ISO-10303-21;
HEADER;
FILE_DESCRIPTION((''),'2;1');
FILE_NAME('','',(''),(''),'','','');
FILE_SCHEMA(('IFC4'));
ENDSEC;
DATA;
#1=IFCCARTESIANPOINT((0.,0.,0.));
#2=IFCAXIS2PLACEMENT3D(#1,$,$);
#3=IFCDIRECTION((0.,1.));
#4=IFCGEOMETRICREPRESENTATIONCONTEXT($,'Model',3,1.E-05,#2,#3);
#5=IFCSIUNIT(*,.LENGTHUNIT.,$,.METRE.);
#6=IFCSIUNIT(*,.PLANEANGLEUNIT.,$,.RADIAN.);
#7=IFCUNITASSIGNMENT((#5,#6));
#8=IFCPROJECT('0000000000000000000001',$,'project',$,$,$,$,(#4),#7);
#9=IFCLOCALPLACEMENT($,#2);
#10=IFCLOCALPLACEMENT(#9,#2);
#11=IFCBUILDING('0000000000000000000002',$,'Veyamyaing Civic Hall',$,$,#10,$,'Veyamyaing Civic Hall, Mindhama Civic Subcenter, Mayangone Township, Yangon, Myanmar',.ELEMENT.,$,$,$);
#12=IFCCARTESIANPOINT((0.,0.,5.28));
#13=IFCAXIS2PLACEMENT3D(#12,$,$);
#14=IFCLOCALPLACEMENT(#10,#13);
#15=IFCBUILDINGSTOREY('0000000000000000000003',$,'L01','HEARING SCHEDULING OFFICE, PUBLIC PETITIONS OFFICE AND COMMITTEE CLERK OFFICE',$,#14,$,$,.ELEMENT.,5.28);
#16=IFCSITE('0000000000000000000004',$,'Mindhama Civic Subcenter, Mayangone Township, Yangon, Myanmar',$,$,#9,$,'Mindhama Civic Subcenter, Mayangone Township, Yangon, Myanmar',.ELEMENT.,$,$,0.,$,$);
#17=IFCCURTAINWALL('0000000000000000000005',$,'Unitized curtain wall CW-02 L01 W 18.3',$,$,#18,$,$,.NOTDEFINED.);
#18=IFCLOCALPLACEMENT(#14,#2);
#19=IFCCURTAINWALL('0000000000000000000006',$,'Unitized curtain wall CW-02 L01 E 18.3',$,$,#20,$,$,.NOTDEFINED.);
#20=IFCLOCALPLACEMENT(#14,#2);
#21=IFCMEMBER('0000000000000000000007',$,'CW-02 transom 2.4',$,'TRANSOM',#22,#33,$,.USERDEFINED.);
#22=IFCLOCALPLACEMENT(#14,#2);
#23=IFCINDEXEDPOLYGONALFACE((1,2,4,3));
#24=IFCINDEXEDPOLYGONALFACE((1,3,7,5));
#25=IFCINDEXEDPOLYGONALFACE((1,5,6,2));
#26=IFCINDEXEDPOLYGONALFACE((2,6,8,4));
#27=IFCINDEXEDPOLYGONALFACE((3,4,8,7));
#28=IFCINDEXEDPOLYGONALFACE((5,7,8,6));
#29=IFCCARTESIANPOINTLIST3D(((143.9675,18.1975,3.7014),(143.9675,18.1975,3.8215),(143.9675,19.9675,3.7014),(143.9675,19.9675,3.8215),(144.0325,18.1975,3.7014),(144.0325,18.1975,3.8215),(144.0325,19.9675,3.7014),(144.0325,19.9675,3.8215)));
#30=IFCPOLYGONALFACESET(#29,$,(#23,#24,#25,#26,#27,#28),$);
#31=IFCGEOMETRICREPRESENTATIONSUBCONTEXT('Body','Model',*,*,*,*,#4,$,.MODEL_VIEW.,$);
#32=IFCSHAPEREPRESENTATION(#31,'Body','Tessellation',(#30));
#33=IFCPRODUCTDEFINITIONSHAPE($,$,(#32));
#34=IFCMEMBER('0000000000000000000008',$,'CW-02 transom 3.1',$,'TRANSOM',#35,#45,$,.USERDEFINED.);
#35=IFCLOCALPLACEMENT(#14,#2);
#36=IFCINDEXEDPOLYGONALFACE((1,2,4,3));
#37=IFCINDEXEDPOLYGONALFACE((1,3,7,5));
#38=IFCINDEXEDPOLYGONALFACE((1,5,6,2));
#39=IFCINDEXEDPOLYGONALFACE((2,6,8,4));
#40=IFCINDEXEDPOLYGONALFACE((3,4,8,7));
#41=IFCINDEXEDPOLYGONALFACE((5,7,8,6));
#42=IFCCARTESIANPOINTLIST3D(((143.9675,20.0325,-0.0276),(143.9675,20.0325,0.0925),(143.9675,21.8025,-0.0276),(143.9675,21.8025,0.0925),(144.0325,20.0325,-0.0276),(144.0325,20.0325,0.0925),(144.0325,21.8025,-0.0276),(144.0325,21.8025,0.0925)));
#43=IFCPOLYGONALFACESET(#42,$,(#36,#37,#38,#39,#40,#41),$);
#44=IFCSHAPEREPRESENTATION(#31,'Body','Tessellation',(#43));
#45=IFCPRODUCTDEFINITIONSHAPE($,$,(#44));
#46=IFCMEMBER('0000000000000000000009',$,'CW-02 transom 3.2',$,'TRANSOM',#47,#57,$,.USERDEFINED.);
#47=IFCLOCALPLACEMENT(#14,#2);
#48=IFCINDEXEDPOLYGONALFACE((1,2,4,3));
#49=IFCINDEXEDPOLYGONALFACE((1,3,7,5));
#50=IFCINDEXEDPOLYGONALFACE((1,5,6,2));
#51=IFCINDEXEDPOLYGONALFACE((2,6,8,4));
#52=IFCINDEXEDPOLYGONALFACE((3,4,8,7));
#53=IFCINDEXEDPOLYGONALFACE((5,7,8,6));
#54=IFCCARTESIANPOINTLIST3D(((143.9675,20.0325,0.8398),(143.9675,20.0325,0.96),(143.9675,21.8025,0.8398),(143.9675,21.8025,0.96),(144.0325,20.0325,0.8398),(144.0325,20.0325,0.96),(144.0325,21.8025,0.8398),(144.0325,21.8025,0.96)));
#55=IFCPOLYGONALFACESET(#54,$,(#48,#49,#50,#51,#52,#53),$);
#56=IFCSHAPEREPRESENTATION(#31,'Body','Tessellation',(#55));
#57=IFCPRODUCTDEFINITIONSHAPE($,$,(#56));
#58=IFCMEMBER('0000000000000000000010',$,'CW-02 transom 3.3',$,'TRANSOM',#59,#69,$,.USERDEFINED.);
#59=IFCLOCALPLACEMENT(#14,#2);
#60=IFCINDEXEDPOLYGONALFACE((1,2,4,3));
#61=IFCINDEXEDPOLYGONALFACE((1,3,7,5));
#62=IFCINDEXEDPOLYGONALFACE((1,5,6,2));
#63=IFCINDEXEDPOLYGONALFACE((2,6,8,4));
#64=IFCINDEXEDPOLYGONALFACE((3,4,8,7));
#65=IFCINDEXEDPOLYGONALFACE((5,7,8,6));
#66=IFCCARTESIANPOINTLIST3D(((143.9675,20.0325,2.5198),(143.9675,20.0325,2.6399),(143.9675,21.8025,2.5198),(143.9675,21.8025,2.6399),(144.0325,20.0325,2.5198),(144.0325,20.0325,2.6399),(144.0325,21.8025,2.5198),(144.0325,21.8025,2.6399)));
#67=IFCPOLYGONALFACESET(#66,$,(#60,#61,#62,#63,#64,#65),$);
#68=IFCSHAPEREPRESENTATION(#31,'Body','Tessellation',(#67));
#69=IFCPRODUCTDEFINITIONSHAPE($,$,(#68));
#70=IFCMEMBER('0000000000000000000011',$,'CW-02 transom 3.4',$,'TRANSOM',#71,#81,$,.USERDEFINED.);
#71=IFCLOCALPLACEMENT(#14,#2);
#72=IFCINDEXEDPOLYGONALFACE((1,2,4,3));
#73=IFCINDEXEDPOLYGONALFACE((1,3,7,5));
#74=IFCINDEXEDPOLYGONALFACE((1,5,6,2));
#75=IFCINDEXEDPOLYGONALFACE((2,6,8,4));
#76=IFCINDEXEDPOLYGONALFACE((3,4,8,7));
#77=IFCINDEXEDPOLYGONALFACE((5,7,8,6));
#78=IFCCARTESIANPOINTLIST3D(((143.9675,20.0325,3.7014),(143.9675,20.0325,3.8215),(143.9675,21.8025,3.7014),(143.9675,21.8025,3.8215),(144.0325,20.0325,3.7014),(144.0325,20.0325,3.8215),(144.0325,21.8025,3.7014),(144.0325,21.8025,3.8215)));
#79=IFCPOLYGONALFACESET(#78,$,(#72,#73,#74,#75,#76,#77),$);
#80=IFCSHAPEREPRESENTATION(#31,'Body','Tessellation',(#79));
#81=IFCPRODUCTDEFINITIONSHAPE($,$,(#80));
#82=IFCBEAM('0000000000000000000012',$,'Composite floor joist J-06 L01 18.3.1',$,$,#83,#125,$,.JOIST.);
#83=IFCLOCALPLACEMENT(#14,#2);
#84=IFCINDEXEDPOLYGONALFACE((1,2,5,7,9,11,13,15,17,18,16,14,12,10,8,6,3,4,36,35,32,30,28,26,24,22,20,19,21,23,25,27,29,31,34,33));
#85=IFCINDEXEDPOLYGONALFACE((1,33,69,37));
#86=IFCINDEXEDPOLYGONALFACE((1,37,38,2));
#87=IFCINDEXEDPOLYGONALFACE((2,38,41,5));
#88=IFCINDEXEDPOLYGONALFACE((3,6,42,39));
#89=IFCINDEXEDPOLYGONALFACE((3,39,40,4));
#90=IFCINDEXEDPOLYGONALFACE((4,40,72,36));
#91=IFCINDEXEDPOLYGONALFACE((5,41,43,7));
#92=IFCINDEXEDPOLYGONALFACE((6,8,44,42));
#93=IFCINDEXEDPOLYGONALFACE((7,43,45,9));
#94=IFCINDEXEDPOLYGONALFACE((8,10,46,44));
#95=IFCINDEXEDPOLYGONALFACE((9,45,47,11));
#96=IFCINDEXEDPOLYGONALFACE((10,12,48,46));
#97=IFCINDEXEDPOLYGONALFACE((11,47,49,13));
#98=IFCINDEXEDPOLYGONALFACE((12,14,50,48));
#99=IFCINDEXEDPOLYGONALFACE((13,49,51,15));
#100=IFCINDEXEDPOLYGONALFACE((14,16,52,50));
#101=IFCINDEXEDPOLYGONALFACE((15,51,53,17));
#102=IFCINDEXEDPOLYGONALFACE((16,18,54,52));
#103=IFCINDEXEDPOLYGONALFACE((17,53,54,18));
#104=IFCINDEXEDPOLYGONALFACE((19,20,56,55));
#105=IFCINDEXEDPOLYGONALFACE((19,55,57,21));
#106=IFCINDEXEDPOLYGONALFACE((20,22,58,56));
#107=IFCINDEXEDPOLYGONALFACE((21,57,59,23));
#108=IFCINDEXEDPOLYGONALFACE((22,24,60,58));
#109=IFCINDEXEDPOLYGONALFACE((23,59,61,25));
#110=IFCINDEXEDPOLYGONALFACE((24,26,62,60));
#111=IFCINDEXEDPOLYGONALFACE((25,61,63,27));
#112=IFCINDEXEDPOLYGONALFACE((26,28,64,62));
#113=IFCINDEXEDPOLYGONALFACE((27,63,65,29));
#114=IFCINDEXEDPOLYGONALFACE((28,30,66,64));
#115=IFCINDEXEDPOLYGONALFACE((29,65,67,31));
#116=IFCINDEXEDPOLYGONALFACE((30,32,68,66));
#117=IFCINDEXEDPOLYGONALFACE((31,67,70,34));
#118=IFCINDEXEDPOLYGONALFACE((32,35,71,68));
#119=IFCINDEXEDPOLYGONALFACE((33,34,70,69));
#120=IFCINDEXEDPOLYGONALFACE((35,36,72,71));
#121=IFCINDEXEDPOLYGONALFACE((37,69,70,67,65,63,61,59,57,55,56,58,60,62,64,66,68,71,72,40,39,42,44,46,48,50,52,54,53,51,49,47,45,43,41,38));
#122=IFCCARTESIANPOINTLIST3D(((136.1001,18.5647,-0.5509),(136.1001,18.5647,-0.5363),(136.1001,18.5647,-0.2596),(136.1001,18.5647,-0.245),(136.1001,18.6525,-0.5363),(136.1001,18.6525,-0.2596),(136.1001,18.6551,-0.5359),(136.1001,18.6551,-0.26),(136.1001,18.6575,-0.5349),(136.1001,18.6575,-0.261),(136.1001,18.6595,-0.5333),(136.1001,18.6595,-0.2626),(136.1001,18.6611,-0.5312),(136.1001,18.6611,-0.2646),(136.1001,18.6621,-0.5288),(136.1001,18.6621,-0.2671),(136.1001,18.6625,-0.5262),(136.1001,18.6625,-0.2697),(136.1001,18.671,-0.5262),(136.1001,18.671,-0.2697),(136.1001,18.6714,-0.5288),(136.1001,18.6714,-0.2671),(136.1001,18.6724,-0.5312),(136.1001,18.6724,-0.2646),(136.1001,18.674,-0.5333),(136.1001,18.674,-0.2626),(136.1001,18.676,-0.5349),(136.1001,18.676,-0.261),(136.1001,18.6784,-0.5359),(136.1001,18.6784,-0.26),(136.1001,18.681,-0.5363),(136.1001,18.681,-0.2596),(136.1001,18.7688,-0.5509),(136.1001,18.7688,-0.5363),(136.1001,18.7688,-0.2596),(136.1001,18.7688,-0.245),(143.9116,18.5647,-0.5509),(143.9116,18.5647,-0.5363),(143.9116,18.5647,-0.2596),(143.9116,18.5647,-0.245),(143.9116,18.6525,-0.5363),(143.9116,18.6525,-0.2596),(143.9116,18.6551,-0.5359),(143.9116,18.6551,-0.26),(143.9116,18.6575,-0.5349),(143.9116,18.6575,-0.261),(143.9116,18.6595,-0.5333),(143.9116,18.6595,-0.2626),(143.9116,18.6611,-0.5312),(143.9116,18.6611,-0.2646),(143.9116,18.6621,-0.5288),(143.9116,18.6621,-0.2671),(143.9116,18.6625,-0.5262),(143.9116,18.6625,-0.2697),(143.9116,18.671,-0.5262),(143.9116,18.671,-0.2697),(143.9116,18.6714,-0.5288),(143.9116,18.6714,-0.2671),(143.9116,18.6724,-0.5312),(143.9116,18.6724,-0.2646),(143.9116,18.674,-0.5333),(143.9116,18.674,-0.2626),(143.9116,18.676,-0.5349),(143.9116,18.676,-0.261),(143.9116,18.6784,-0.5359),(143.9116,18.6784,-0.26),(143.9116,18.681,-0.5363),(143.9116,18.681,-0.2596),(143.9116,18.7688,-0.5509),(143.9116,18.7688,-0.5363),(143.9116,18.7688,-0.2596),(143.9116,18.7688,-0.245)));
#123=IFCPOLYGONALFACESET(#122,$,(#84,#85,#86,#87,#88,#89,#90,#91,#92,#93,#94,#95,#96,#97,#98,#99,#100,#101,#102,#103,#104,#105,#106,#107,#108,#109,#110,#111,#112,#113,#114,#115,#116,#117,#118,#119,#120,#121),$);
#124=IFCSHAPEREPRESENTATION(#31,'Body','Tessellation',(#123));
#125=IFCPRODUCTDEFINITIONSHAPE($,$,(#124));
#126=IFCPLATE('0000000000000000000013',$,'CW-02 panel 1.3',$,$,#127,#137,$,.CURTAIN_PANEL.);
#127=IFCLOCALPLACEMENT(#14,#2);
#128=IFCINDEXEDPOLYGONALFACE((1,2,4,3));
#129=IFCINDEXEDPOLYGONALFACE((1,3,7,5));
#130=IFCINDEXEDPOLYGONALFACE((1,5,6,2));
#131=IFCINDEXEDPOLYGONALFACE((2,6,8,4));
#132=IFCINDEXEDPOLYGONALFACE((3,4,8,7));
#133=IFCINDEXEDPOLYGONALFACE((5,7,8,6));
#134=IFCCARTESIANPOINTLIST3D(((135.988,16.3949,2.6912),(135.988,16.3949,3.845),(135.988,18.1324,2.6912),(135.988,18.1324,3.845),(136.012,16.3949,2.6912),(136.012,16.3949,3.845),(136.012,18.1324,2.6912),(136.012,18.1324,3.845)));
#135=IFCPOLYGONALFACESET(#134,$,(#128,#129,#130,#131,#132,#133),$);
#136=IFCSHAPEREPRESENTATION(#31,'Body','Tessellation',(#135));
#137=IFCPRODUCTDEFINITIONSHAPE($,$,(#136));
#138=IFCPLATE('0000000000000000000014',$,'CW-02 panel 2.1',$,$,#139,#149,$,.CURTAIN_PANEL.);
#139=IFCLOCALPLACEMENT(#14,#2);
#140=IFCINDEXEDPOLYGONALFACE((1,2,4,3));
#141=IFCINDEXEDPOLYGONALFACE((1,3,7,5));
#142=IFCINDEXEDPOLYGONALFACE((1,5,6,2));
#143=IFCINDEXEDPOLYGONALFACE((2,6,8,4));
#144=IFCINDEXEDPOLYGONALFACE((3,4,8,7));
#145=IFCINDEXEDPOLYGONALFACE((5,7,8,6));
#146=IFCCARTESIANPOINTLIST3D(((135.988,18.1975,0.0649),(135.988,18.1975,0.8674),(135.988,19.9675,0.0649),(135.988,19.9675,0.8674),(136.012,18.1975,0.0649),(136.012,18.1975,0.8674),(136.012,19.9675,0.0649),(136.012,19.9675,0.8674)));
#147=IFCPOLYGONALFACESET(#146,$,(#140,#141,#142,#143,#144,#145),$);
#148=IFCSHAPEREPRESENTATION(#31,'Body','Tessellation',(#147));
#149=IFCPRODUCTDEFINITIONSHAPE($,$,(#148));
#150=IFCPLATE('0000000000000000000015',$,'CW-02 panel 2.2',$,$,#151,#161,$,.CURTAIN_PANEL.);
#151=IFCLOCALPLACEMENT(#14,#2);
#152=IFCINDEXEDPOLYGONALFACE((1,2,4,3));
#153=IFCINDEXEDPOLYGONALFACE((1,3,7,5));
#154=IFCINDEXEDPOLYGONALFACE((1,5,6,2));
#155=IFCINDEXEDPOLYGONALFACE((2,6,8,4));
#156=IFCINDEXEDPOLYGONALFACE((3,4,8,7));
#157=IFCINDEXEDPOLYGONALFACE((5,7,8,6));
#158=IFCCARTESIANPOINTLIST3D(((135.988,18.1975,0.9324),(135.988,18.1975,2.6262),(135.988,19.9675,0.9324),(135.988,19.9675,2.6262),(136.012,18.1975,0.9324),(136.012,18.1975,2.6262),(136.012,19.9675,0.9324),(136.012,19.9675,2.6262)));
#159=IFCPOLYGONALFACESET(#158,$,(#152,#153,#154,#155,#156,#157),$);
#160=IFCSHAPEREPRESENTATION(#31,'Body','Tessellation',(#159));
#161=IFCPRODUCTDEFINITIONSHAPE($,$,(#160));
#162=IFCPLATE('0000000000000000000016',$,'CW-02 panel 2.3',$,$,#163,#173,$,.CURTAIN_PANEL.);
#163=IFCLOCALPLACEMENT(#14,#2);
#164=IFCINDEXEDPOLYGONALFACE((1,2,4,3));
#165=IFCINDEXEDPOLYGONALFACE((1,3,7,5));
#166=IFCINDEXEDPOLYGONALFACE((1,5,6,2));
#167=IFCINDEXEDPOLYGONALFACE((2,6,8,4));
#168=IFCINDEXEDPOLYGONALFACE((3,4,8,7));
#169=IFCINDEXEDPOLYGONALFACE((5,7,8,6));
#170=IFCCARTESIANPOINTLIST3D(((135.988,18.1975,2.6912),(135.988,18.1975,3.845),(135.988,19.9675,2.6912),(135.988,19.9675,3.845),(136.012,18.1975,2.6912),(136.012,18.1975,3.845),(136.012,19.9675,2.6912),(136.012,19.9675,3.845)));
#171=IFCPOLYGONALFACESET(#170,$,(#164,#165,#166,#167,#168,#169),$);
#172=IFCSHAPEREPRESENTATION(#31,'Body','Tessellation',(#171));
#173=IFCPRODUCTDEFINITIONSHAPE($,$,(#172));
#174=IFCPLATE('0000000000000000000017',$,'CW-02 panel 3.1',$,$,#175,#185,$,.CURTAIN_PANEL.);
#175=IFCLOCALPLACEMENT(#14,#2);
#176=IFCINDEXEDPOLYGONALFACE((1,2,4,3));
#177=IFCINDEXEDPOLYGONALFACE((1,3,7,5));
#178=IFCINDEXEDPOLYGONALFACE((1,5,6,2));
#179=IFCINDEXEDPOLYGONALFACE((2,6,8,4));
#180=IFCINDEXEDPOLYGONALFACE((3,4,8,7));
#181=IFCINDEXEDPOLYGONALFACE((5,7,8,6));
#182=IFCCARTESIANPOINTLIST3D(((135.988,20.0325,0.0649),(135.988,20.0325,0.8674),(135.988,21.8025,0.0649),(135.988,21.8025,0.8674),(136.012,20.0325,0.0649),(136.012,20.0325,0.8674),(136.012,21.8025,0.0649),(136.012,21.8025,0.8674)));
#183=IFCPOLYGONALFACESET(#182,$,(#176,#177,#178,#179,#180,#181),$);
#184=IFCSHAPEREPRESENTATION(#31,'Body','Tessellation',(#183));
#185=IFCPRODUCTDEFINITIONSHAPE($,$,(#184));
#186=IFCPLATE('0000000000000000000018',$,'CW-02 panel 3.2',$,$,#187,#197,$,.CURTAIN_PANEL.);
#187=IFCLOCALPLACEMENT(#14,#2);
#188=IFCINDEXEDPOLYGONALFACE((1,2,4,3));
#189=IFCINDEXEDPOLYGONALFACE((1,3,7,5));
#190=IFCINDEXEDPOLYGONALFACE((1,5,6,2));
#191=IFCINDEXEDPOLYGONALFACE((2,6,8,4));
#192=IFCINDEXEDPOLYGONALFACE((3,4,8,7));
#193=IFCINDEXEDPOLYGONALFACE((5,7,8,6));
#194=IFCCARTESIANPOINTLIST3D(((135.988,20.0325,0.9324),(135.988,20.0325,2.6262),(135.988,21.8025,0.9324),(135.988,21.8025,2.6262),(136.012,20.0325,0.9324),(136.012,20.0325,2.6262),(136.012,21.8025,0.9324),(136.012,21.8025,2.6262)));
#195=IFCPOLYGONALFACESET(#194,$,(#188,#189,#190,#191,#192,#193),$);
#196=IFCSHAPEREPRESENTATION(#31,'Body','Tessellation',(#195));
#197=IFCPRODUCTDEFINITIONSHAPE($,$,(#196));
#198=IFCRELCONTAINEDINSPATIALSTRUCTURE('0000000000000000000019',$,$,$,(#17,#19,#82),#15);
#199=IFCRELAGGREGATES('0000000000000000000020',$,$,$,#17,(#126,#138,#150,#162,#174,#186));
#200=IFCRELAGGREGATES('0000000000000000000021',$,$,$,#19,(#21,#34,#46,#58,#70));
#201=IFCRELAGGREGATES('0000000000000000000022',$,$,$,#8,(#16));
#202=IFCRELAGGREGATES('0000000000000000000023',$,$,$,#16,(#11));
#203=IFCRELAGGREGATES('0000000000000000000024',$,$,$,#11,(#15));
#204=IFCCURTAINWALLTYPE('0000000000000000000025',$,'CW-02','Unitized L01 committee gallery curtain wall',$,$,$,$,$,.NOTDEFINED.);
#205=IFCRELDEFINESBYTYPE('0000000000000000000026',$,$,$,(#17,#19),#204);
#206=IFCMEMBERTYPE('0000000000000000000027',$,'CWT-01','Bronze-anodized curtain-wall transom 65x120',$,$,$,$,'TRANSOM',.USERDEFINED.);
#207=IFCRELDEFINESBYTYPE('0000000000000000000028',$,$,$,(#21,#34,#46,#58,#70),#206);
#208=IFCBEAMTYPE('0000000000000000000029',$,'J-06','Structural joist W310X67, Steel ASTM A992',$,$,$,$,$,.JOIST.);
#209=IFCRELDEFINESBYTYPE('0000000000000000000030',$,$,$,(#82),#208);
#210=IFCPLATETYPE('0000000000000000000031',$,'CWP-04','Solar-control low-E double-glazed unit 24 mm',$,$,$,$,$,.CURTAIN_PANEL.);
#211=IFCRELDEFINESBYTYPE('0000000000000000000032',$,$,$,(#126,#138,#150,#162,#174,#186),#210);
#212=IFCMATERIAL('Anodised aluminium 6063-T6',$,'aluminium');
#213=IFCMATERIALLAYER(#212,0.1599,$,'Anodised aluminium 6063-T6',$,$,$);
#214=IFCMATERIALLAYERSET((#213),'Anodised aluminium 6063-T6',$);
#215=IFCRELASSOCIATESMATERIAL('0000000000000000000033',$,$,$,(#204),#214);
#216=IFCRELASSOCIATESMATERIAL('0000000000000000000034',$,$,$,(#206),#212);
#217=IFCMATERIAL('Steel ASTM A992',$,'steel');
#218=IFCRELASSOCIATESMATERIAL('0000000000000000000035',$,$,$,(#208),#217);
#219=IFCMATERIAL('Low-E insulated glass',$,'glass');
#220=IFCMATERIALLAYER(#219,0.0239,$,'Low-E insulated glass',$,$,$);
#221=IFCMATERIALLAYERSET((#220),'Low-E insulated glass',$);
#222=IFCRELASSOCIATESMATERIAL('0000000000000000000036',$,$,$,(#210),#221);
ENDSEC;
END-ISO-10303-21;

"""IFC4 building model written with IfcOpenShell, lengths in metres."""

from ifc_helpers import new_model, si_unit, direction, frame, origin, origin_2d, place, context, subcontext, project, spatial, rectangle, i_section, extrude, material, layer, layer_set, material_profile, profile_set, type_object, element, aggregate, save


model = new_model("IFC4")

# Units and contexts
model_context = context("Model", 3, precision=1e-05, world=origin(), true_north=direction((0.0, 1.0)))
body_context = subcontext(model_context, "Body", "Model", "MODEL_VIEW")
ifc_project = project(units=[si_unit("LENGTHUNIT", "METRE"), si_unit("PLANEANGLEUNIT", "RADIAN")], contexts=[model_context])

# Site, building, storey
site_placement = place(None, origin())
site = spatial("IfcSite", under=ifc_project, at=site_placement, Name="Mindhama Civic Subcenter, Mayangone Township, Yangon, Myanmar", LongName="Mindhama Civic Subcenter, Mayangone Township, Yangon, Myanmar", CompositionType="ELEMENT", RefElevation=0.0)
building_placement = place(site_placement, origin())
building = spatial("IfcBuilding", under=site, at=building_placement, Name="Veyamyaing Civic Hall", LongName="Veyamyaing Civic Hall, Mindhama Civic Subcenter, Mayangone Township, Yangon, Myanmar", CompositionType="ELEMENT")
storey_placement = place(building_placement, frame((0.0, 0.0, 5.28)))
storey = spatial("IfcBuildingStorey", under=building, at=storey_placement, Name="L01", Description="HEARING SCHEDULING OFFICE, PUBLIC PETITIONS OFFICE AND COMMITTEE CLERK OFFICE", CompositionType="ELEMENT", Elevation=5.28)

# Curtain walls
ifc_material_1 = material(Name="Anodised aluminium 6063-T6", Category="aluminium")
ifc_layer_1 = layer(ifc_material_1, 0.1599, Name="Anodised aluminium 6063-T6")
ifc_layer_set_1 = layer_set([ifc_layer_1], Name="Anodised aluminium 6063-T6")
curtain_wall_type = type_object("IfcCurtainWallType", Name="CW-02", Description="Unitized L01 committee gallery curtain wall", PredefinedType="NOTDEFINED", material=ifc_layer_set_1)
curtain_wall_1_placement = place(storey_placement, origin())
curtain_wall_1 = element("IfcCurtainWall", 1, at=curtain_wall_1_placement, inside=storey, type_object=curtain_wall_type, Name="Unitized curtain wall CW-02 L01 W 18.3", PredefinedType="NOTDEFINED")
curtain_wall_2_placement = place(storey_placement, origin())
curtain_wall_2 = element("IfcCurtainWall", 2, at=curtain_wall_2_placement, inside=storey, type_object=curtain_wall_type, Name="Unitized curtain wall CW-02 L01 E 18.3", PredefinedType="NOTDEFINED")

# Members
ifc_material_profile_1 = material_profile(ifc_material_1, rectangle(XDim=0.0649, YDim=0.1201, at=origin_2d()), Name="ALU-TRN-65X120")
ifc_profile_set_1 = profile_set([ifc_material_profile_1], Name="Anodised aluminium 6063-T6")
member_type_1 = type_object("IfcMemberType", Name="CWT-01", Description="Bronze-anodized curtain-wall transom 65x120", ElementType="TRANSOM", PredefinedType="USERDEFINED", material=ifc_profile_set_1)
member_1_placement = place(storey_placement, frame((144.0, 18.1975, 3.7615), z_axis=(0.0, 1.0, 0.0), x_axis=(-1.0, 0.0, 0.0)))
member_1 = element("IfcMember", 3, at=member_1_placement, type_object=member_type_1, Name="CW-02 transom 2.4", ObjectType="TRANSOM", PredefinedType="USERDEFINED", context=body_context, shape_type="SweptSolid", body=[
    extrude(rectangle(XDim=0.0649, YDim=0.1201, at=origin_2d()), origin(), (0.0, 0.0, 1.0), 1.77),
])
member_2_placement = place(storey_placement, frame((144.0, 20.0325, 0.0325), z_axis=(0.0, 1.0, 0.0), x_axis=(-1.0, 0.0, 0.0)))
member_2 = element("IfcMember", 4, at=member_2_placement, type_object=member_type_1, Name="CW-02 transom 3.1", ObjectType="TRANSOM", PredefinedType="USERDEFINED", context=body_context, shape_type="SweptSolid", body=[
    extrude(rectangle(XDim=0.0649, YDim=0.1201, at=origin_2d()), origin(), (0.0, 0.0, 1.0), 1.77),
])
member_3_placement = place(storey_placement, frame((144.0, 20.0325, 0.8999), z_axis=(0.0, 1.0, 0.0), x_axis=(-1.0, 0.0, 0.0)))
member_3 = element("IfcMember", 5, at=member_3_placement, type_object=member_type_1, Name="CW-02 transom 3.2", ObjectType="TRANSOM", PredefinedType="USERDEFINED", context=body_context, shape_type="SweptSolid", body=[
    extrude(rectangle(XDim=0.0649, YDim=0.1201, at=origin_2d()), origin(), (0.0, 0.0, 1.0), 1.77),
])
member_4_placement = place(storey_placement, frame((144.0, 20.0325, 2.5798), z_axis=(0.0, 1.0, 0.0), x_axis=(-1.0, 0.0, 0.0)))
member_4 = element("IfcMember", 6, at=member_4_placement, type_object=member_type_1, Name="CW-02 transom 3.3", ObjectType="TRANSOM", PredefinedType="USERDEFINED", context=body_context, shape_type="SweptSolid", body=[
    extrude(rectangle(XDim=0.0649, YDim=0.1201, at=origin_2d()), origin(), (0.0, 0.0, 1.0), 1.77),
])
member_5_placement = place(storey_placement, frame((144.0, 20.0325, 3.7615), z_axis=(0.0, 1.0, 0.0), x_axis=(-1.0, 0.0, 0.0)))
member_5 = element("IfcMember", 7, at=member_5_placement, type_object=member_type_1, Name="CW-02 transom 3.4", ObjectType="TRANSOM", PredefinedType="USERDEFINED", context=body_context, shape_type="SweptSolid", body=[
    extrude(rectangle(XDim=0.0649, YDim=0.1201, at=origin_2d()), origin(), (0.0, 0.0, 1.0), 1.77),
])

# Beam
ifc_material_2 = material(Name="Steel ASTM A992", Category="steel")
ifc_material_profile_2 = material_profile(ifc_material_2, i_section(OverallWidth=0.2041, OverallDepth=0.3059, WebThickness=0.0085, FlangeThickness=0.0146, FilletRadius=0.01, at=origin_2d()), Name="W310X67")
ifc_profile_set_2 = profile_set([ifc_material_profile_2], Name="Steel ASTM A992")
beam_type = type_object("IfcBeamType", Name="J-06", Description="Structural joist W310X67, Steel ASTM A992", PredefinedType="JOIST", material=ifc_profile_set_2)
beam_placement = place(storey_placement, frame((136.1001, 18.6667, -0.3979), z_axis=(1.0, 0.0, 0.0), x_axis=(0.0, 1.0, 0.0)))
element("IfcBeam", 8, at=beam_placement, inside=storey, type_object=beam_type, Name="Composite floor joist J-06 L01 18.3.1", PredefinedType="JOIST", context=body_context, shape_type="SweptSolid", body=[
    extrude(i_section(OverallWidth=0.2041, OverallDepth=0.3059, WebThickness=0.0085, FlangeThickness=0.0146, FilletRadius=0.01, at=origin_2d()), origin(), (0.0, 0.0, 1.0), 7.8115),
])

# Plates
ifc_material_3 = material(Name="Low-E insulated glass", Category="glass")
ifc_layer_2 = layer(ifc_material_3, 0.0239, Name="Low-E insulated glass")
ifc_layer_set_2 = layer_set([ifc_layer_2], Name="Low-E insulated glass")
plate_type = type_object("IfcPlateType", Name="CWP-04", Description="Solar-control low-E double-glazed unit 24 mm", PredefinedType="CURTAIN_PANEL", material=ifc_layer_set_2)
plate_1_placement = place(storey_placement, frame((136.0, 17.2637, 2.6912), z_axis=(0.0, 0.0, 1.0), x_axis=(0.0, 1.0, 0.0)))
plate_1 = element("IfcPlate", 9, at=plate_1_placement, type_object=plate_type, Name="CW-02 panel 1.3", PredefinedType="CURTAIN_PANEL", context=body_context, shape_type="SweptSolid", body=[
    extrude(rectangle(XDim=1.7375, YDim=0.0239, at=origin_2d()), origin(), (0.0, 0.0, 1.0), 1.1538),
])
plate_2_placement = place(storey_placement, frame((136.0, 19.0825, 0.0649), z_axis=(0.0, 0.0, 1.0), x_axis=(0.0, 1.0, 0.0)))
plate_2 = element("IfcPlate", 10, at=plate_2_placement, type_object=plate_type, Name="CW-02 panel 2.1", PredefinedType="CURTAIN_PANEL", context=body_context, shape_type="SweptSolid", body=[
    extrude(rectangle(XDim=1.77, YDim=0.0239, at=origin_2d()), origin(), (0.0, 0.0, 1.0), 0.8025),
])
plate_3_placement = place(storey_placement, frame((136.0, 19.0825, 0.9324), z_axis=(0.0, 0.0, 1.0), x_axis=(0.0, 1.0, 0.0)))
plate_3 = element("IfcPlate", 11, at=plate_3_placement, type_object=plate_type, Name="CW-02 panel 2.2", PredefinedType="CURTAIN_PANEL", context=body_context, shape_type="SweptSolid", body=[
    extrude(rectangle(XDim=1.77, YDim=0.0239, at=origin_2d()), origin(), (0.0, 0.0, 1.0), 1.6938),
])
plate_4_placement = place(storey_placement, frame((136.0, 19.0825, 2.6912), z_axis=(0.0, 0.0, 1.0), x_axis=(0.0, 1.0, 0.0)))
plate_4 = element("IfcPlate", 12, at=plate_4_placement, type_object=plate_type, Name="CW-02 panel 2.3", PredefinedType="CURTAIN_PANEL", context=body_context, shape_type="SweptSolid", body=[
    extrude(rectangle(XDim=1.77, YDim=0.0239, at=origin_2d()), origin(), (0.0, 0.0, 1.0), 1.1538),
])
plate_5_placement = place(storey_placement, frame((136.0, 20.9175, 0.0649), z_axis=(0.0, 0.0, 1.0), x_axis=(0.0, 1.0, 0.0)))
plate_5 = element("IfcPlate", 13, at=plate_5_placement, type_object=plate_type, Name="CW-02 panel 3.1", PredefinedType="CURTAIN_PANEL", context=body_context, shape_type="SweptSolid", body=[
    extrude(rectangle(XDim=1.77, YDim=0.0239, at=origin_2d()), origin(), (0.0, 0.0, 1.0), 0.8025),
])
plate_6_placement = place(storey_placement, frame((136.0, 20.9175, 0.9324), z_axis=(0.0, 0.0, 1.0), x_axis=(0.0, 1.0, 0.0)))
plate_6 = element("IfcPlate", 14, at=plate_6_placement, type_object=plate_type, Name="CW-02 panel 3.2", PredefinedType="CURTAIN_PANEL", context=body_context, shape_type="SweptSolid", body=[
    extrude(rectangle(XDim=1.77, YDim=0.0239, at=origin_2d()), origin(), (0.0, 0.0, 1.0), 1.6938),
])
aggregate(curtain_wall_1, [plate_1, plate_2, plate_3, plate_4, plate_5, plate_6])
aggregate(curtain_wall_2, [member_1, member_2, member_3, member_4, member_5])

save(model, "model.ifc")
